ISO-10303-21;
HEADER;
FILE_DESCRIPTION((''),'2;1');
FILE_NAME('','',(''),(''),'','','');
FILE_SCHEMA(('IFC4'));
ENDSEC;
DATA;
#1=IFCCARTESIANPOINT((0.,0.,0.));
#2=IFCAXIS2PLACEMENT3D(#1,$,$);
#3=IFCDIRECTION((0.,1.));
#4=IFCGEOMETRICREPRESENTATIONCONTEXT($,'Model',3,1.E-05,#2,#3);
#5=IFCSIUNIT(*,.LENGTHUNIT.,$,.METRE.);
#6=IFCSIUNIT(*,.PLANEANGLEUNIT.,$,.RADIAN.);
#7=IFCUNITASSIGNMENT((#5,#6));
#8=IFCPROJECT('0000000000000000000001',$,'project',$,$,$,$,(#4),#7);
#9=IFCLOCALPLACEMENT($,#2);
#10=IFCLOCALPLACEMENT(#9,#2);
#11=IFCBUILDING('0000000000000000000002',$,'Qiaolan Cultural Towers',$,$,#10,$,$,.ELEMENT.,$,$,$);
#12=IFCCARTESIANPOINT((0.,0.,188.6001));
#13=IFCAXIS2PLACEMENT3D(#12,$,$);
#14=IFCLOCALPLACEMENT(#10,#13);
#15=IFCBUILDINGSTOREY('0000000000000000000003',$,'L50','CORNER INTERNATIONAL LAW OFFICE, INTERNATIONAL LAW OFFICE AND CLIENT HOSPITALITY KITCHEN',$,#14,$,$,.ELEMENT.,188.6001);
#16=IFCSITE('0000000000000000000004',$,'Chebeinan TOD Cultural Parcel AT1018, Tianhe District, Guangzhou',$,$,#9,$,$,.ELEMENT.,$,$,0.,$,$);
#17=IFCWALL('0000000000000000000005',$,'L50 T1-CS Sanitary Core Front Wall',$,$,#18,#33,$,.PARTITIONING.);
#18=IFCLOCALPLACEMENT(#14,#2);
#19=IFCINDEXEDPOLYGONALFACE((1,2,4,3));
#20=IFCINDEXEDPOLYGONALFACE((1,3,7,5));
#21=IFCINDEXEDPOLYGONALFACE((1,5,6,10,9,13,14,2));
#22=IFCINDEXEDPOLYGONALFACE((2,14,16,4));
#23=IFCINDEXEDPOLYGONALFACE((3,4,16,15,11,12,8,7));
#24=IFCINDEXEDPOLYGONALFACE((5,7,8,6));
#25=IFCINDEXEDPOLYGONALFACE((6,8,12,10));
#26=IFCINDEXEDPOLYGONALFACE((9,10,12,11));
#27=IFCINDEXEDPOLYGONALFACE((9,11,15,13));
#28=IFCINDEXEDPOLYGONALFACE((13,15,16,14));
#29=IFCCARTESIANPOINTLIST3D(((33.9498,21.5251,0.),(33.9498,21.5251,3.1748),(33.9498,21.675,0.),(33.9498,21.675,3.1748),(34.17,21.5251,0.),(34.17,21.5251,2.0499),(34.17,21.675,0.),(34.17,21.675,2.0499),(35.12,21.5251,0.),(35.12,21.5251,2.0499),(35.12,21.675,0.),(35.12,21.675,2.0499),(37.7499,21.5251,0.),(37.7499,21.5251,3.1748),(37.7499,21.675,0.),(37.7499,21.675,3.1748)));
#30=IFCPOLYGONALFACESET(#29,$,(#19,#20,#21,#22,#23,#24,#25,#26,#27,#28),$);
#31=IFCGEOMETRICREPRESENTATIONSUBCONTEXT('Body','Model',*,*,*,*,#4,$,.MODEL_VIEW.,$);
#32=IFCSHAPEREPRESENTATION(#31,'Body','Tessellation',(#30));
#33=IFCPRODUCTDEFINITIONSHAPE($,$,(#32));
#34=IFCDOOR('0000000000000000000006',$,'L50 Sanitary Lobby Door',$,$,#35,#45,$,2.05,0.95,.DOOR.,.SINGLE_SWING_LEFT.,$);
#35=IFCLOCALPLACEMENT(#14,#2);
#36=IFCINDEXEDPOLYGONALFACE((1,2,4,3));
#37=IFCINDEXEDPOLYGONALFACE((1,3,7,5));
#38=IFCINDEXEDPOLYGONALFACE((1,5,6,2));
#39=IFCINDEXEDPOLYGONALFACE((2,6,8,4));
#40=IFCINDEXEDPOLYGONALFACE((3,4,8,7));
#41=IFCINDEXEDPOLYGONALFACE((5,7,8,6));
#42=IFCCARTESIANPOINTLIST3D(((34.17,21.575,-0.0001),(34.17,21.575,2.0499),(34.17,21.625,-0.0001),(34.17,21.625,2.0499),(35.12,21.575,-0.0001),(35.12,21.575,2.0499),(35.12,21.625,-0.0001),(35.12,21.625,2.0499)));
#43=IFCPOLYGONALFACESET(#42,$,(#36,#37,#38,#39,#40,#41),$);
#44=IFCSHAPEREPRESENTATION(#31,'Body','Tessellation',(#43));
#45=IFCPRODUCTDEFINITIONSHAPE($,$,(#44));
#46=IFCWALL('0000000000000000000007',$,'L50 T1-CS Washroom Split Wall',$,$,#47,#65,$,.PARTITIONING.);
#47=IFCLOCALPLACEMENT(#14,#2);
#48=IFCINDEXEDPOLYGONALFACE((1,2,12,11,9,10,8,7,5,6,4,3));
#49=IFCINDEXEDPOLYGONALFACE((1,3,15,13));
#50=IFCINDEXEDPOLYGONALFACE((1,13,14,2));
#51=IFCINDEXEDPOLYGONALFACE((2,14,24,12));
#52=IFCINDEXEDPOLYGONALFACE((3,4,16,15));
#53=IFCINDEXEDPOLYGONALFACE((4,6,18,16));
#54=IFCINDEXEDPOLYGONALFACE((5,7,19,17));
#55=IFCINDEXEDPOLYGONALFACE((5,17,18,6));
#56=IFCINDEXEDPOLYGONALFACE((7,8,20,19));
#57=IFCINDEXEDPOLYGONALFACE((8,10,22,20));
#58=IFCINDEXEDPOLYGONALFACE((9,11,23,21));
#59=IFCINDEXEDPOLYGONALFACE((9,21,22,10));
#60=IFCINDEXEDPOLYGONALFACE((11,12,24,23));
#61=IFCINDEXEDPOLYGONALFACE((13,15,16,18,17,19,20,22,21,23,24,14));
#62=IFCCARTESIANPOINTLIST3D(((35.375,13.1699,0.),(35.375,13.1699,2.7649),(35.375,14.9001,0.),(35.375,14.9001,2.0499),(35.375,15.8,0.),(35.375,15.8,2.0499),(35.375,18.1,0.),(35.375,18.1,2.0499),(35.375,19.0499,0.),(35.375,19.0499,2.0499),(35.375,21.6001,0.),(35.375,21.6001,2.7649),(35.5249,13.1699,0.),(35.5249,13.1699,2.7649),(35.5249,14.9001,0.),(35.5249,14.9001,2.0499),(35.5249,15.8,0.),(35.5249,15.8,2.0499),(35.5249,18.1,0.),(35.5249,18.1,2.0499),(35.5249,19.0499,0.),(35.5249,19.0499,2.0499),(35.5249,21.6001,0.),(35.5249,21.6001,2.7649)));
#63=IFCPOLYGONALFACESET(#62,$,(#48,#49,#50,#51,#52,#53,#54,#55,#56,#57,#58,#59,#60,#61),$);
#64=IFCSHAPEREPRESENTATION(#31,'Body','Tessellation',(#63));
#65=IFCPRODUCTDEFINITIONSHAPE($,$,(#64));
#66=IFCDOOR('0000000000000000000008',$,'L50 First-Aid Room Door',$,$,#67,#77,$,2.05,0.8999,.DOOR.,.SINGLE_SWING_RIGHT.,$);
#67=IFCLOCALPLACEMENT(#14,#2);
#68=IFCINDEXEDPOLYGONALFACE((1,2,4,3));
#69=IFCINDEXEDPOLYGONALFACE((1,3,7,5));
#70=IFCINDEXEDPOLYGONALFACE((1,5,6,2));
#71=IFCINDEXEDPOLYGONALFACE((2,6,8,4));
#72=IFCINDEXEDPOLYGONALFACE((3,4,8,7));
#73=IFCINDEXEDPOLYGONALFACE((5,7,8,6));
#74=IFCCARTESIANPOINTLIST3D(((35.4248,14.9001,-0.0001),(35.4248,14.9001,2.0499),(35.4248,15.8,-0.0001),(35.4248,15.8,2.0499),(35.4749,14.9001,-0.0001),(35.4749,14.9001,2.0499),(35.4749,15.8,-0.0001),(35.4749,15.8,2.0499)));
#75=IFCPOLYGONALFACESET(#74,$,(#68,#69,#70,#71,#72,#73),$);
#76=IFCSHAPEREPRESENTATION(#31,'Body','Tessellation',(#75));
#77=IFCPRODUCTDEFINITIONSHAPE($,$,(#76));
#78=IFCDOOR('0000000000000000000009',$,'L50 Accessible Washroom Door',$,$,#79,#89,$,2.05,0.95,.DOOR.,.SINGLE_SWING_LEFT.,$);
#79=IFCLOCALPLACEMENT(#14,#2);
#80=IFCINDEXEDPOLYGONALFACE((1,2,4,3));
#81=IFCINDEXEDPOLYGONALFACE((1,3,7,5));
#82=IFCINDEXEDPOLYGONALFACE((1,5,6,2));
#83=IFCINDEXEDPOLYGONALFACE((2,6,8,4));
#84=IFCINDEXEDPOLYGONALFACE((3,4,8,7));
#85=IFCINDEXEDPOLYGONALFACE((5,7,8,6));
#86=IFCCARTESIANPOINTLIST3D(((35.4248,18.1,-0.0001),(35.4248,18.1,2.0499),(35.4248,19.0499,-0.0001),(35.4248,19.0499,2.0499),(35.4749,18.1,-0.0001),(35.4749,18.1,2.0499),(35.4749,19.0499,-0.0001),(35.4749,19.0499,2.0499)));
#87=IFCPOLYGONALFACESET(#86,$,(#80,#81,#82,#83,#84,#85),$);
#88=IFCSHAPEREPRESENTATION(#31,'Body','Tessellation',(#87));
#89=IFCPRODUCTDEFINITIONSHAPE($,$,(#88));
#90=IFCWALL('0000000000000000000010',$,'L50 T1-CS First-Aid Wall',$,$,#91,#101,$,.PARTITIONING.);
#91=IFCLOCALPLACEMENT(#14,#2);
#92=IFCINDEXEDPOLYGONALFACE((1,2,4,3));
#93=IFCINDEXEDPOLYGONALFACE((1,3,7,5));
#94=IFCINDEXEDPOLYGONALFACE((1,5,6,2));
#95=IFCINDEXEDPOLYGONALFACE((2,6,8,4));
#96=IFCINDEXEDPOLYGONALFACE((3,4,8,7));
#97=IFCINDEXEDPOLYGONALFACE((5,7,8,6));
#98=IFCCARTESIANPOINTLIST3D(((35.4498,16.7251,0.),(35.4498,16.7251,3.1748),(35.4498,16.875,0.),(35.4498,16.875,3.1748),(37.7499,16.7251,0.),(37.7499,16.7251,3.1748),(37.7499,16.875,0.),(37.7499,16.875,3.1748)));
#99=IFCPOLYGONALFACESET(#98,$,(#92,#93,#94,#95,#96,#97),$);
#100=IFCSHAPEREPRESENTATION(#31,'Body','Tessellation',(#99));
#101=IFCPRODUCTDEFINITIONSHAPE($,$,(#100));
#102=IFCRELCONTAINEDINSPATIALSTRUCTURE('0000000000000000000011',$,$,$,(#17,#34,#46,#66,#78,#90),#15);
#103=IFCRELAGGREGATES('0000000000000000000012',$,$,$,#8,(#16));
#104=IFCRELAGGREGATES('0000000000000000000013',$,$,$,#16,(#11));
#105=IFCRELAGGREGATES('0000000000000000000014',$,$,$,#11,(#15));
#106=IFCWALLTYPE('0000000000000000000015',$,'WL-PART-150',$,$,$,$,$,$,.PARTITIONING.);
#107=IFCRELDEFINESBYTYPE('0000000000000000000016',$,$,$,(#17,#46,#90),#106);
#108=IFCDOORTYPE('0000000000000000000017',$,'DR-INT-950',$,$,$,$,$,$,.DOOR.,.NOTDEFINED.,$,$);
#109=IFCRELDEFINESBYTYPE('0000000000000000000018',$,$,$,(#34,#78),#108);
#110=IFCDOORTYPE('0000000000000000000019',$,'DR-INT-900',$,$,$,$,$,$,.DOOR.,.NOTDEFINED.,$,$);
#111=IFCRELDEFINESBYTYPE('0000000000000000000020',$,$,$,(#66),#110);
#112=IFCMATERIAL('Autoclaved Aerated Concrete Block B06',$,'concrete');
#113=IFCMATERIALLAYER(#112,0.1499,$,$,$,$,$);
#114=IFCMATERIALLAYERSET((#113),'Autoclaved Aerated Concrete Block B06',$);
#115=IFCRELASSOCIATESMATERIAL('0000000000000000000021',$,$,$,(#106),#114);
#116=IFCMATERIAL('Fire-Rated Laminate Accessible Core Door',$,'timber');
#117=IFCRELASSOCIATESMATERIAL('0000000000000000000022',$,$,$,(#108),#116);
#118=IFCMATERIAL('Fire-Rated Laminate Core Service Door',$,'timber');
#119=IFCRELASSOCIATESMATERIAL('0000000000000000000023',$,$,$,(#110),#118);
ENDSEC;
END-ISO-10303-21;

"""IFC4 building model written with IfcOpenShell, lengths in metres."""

from ifc_helpers import new_model, si_unit, direction, frame, frame_2d, origin, place, context, subcontext, project, spatial, rectangle, extrude, material, layer, layer_set, type_object, element, fill, save


model = new_model("IFC4")

# Units and contexts
model_context = context("Model", 3, precision=1e-05, world=origin(), true_north=direction((0.0, 1.0)))
body_context = subcontext(model_context, "Body", "Model", "MODEL_VIEW")
ifc_project = project(units=[si_unit("LENGTHUNIT", "METRE"), si_unit("PLANEANGLEUNIT", "RADIAN")], contexts=[model_context])

# Site, building, storey
site_placement = place(None, origin())
site = spatial("IfcSite", under=ifc_project, at=site_placement, Name="Chebeinan TOD Cultural Parcel AT1018, Tianhe District, Guangzhou", CompositionType="ELEMENT", RefElevation=0.0)
building_placement = place(site_placement, origin())
building = spatial("IfcBuilding", under=site, at=building_placement, Name="Qiaolan Cultural Towers", CompositionType="ELEMENT")
storey_placement = place(building_placement, frame((0.0, 0.0, 188.6001)))
storey = spatial("IfcBuildingStorey", under=building, at=storey_placement, Name="L50", Description="CORNER INTERNATIONAL LAW OFFICE, INTERNATIONAL LAW OFFICE AND CLIENT HOSPITALITY KITCHEN", CompositionType="ELEMENT", Elevation=188.6001)

# Wall, opening, door
ifc_material_1 = material(Name="Autoclaved Aerated Concrete Block B06", Category="concrete")
ifc_layer_1 = layer(ifc_material_1, 0.1499)
ifc_layer_set_1 = layer_set([ifc_layer_1], Name="Autoclaved Aerated Concrete Block B06")
wall_type_1 = type_object("IfcWallType", Name="WL-PART-150", PredefinedType="PARTITIONING", material=ifc_layer_set_1)
wall_1_placement = place(storey_placement, frame((33.95, 21.6001, 0.0), z_axis=(0.0, 0.0, 1.0), x_axis=(1.0, 0.0, 0.0)))
wall_1 = element("IfcWall", 1, at=wall_1_placement, inside=storey, type_object=wall_type_1, Name="L50 T1-CS Sanitary Core Front Wall", PredefinedType="PARTITIONING", context=body_context, shape_type="SweptSolid", body=[
    extrude(rectangle(XDim=3.8, YDim=0.1499, at=frame_2d((1.8999, 0.0))), origin(), (0.0, 0.0, 1.0), 3.1748),
])
opening_1_placement = place(wall_1_placement, frame((0.22, 0.0, 0.0)))
opening_1 = element("IfcOpeningElement", 2, at=opening_1_placement, cuts=wall_1, PredefinedType="OPENING", context=body_context, shape_type="SweptSolid", body=[
    extrude(rectangle(XDim=0.95, YDim=2.05, at=frame_2d((0.4751, 1.0249))), frame((0.0, 0.085, 0.0), z_axis=(0.0, -1.0, 0.0), x_axis=(1.0, 0.0, 0.0)), (0.0, 0.0, 1.0), 0.1699),
])
ifc_material_2 = material(Name="Fire-Rated Laminate Accessible Core Door", Category="timber")
door_type_1 = type_object("IfcDoorType", Name="DR-INT-950", OperationType="NOTDEFINED", PredefinedType="DOOR", material=ifc_material_2)
door_1_placement = place(opening_1_placement, origin())
door_1 = element("IfcDoor", 3, at=door_1_placement, inside=storey, type_object=door_type_1, Name="L50 Sanitary Lobby Door", OperationType="SINGLE_SWING_LEFT", OverallHeight=2.05, OverallWidth=0.95, PredefinedType="DOOR", context=body_context, shape_type="SweptSolid", body=[
    extrude(rectangle(XDim=0.95, YDim=2.05, at=frame_2d((0.4751, 1.0249))), frame((0.0, 0.0249, 0.0), z_axis=(0.0, -1.0, 0.0), x_axis=(1.0, 0.0, 0.0)), (0.0, 0.0, 1.0), 0.05),
])
fill(opening_1, door_1)

# Wall, openings, doors
wall_2_placement = place(storey_placement, frame((35.45, 21.6001, 0.0), z_axis=(0.0, 0.0, 1.0), x_axis=(0.0, -1.0, 0.0)))
wall_2 = element("IfcWall", 4, at=wall_2_placement, inside=storey, type_object=wall_type_1, Name="L50 T1-CS Washroom Split Wall", PredefinedType="PARTITIONING", context=body_context, shape_type="SweptSolid", body=[
    extrude(rectangle(XDim=8.4302, YDim=0.1499, at=frame_2d((4.2151, 0.0))), origin(), (0.0, 0.0, 1.0), 2.7649),
])
opening_2_placement = place(wall_2_placement, frame((2.55, 0.0, 0.0)))
opening_2 = element("IfcOpeningElement", 5, at=opening_2_placement, cuts=wall_2, PredefinedType="OPENING", context=body_context, shape_type="SweptSolid", body=[
    extrude(rectangle(XDim=0.95, YDim=2.05, at=frame_2d((0.4751, 1.0249))), frame((0.0, 0.085, 0.0), z_axis=(0.0, -1.0, 0.0), x_axis=(1.0, 0.0, 0.0)), (0.0, 0.0, 1.0), 0.1699),
])
opening_3_placement = place(wall_2_placement, frame((5.8, 0.0, 0.0)))
opening_3 = element("IfcOpeningElement", 6, at=opening_3_placement, cuts=wall_2, PredefinedType="OPENING", context=body_context, shape_type="SweptSolid", body=[
    extrude(rectangle(XDim=0.8999, YDim=2.05, at=frame_2d((0.45, 1.0249))), frame((0.0, 0.085, 0.0), z_axis=(0.0, -1.0, 0.0), x_axis=(1.0, 0.0, 0.0)), (0.0, 0.0, 1.0), 0.1699),
])
ifc_material_3 = material(Name="Fire-Rated Laminate Core Service Door", Category="timber")
door_type_2 = type_object("IfcDoorType", Name="DR-INT-900", OperationType="NOTDEFINED", PredefinedType="DOOR", material=ifc_material_3)
door_2_placement = place(opening_3_placement, origin())
door_2 = element("IfcDoor", 7, at=door_2_placement, inside=storey, type_object=door_type_2, Name="L50 First-Aid Room Door", OperationType="SINGLE_SWING_RIGHT", OverallHeight=2.05, OverallWidth=0.8999, PredefinedType="DOOR", context=body_context, shape_type="SweptSolid", body=[
    extrude(rectangle(XDim=0.8999, YDim=2.05, at=frame_2d((0.45, 1.0249))), frame((0.0, 0.0249, 0.0), z_axis=(0.0, -1.0, 0.0), x_axis=(1.0, 0.0, 0.0)), (0.0, 0.0, 1.0), 0.05),
])
fill(opening_3, door_2)
door_3_placement = place(opening_2_placement, origin())
door_3 = element("IfcDoor", 8, at=door_3_placement, inside=storey, type_object=door_type_1, Name="L50 Accessible Washroom Door", OperationType="SINGLE_SWING_LEFT", OverallHeight=2.05, OverallWidth=0.95, PredefinedType="DOOR", context=body_context, shape_type="SweptSolid", body=[
    extrude(rectangle(XDim=0.95, YDim=2.05, at=frame_2d((0.4751, 1.0249))), frame((0.0, 0.0249, 0.0), z_axis=(0.0, -1.0, 0.0), x_axis=(1.0, 0.0, 0.0)), (0.0, 0.0, 1.0), 0.05),
])
fill(opening_2, door_3)

# Wall
wall_3_placement = place(storey_placement, frame((35.45, 16.8, 0.0), z_axis=(0.0, 0.0, 1.0), x_axis=(1.0, 0.0, 0.0)))
element("IfcWall", 9, at=wall_3_placement, inside=storey, type_object=wall_type_1, Name="L50 T1-CS First-Aid Wall", PredefinedType="PARTITIONING", context=body_context, shape_type="SweptSolid", body=[
    extrude(rectangle(XDim=2.3, YDim=0.1499, at=frame_2d((1.1499, 0.0))), origin(), (0.0, 0.0, 1.0), 3.1748),
])

save(model, "model.ifc")
